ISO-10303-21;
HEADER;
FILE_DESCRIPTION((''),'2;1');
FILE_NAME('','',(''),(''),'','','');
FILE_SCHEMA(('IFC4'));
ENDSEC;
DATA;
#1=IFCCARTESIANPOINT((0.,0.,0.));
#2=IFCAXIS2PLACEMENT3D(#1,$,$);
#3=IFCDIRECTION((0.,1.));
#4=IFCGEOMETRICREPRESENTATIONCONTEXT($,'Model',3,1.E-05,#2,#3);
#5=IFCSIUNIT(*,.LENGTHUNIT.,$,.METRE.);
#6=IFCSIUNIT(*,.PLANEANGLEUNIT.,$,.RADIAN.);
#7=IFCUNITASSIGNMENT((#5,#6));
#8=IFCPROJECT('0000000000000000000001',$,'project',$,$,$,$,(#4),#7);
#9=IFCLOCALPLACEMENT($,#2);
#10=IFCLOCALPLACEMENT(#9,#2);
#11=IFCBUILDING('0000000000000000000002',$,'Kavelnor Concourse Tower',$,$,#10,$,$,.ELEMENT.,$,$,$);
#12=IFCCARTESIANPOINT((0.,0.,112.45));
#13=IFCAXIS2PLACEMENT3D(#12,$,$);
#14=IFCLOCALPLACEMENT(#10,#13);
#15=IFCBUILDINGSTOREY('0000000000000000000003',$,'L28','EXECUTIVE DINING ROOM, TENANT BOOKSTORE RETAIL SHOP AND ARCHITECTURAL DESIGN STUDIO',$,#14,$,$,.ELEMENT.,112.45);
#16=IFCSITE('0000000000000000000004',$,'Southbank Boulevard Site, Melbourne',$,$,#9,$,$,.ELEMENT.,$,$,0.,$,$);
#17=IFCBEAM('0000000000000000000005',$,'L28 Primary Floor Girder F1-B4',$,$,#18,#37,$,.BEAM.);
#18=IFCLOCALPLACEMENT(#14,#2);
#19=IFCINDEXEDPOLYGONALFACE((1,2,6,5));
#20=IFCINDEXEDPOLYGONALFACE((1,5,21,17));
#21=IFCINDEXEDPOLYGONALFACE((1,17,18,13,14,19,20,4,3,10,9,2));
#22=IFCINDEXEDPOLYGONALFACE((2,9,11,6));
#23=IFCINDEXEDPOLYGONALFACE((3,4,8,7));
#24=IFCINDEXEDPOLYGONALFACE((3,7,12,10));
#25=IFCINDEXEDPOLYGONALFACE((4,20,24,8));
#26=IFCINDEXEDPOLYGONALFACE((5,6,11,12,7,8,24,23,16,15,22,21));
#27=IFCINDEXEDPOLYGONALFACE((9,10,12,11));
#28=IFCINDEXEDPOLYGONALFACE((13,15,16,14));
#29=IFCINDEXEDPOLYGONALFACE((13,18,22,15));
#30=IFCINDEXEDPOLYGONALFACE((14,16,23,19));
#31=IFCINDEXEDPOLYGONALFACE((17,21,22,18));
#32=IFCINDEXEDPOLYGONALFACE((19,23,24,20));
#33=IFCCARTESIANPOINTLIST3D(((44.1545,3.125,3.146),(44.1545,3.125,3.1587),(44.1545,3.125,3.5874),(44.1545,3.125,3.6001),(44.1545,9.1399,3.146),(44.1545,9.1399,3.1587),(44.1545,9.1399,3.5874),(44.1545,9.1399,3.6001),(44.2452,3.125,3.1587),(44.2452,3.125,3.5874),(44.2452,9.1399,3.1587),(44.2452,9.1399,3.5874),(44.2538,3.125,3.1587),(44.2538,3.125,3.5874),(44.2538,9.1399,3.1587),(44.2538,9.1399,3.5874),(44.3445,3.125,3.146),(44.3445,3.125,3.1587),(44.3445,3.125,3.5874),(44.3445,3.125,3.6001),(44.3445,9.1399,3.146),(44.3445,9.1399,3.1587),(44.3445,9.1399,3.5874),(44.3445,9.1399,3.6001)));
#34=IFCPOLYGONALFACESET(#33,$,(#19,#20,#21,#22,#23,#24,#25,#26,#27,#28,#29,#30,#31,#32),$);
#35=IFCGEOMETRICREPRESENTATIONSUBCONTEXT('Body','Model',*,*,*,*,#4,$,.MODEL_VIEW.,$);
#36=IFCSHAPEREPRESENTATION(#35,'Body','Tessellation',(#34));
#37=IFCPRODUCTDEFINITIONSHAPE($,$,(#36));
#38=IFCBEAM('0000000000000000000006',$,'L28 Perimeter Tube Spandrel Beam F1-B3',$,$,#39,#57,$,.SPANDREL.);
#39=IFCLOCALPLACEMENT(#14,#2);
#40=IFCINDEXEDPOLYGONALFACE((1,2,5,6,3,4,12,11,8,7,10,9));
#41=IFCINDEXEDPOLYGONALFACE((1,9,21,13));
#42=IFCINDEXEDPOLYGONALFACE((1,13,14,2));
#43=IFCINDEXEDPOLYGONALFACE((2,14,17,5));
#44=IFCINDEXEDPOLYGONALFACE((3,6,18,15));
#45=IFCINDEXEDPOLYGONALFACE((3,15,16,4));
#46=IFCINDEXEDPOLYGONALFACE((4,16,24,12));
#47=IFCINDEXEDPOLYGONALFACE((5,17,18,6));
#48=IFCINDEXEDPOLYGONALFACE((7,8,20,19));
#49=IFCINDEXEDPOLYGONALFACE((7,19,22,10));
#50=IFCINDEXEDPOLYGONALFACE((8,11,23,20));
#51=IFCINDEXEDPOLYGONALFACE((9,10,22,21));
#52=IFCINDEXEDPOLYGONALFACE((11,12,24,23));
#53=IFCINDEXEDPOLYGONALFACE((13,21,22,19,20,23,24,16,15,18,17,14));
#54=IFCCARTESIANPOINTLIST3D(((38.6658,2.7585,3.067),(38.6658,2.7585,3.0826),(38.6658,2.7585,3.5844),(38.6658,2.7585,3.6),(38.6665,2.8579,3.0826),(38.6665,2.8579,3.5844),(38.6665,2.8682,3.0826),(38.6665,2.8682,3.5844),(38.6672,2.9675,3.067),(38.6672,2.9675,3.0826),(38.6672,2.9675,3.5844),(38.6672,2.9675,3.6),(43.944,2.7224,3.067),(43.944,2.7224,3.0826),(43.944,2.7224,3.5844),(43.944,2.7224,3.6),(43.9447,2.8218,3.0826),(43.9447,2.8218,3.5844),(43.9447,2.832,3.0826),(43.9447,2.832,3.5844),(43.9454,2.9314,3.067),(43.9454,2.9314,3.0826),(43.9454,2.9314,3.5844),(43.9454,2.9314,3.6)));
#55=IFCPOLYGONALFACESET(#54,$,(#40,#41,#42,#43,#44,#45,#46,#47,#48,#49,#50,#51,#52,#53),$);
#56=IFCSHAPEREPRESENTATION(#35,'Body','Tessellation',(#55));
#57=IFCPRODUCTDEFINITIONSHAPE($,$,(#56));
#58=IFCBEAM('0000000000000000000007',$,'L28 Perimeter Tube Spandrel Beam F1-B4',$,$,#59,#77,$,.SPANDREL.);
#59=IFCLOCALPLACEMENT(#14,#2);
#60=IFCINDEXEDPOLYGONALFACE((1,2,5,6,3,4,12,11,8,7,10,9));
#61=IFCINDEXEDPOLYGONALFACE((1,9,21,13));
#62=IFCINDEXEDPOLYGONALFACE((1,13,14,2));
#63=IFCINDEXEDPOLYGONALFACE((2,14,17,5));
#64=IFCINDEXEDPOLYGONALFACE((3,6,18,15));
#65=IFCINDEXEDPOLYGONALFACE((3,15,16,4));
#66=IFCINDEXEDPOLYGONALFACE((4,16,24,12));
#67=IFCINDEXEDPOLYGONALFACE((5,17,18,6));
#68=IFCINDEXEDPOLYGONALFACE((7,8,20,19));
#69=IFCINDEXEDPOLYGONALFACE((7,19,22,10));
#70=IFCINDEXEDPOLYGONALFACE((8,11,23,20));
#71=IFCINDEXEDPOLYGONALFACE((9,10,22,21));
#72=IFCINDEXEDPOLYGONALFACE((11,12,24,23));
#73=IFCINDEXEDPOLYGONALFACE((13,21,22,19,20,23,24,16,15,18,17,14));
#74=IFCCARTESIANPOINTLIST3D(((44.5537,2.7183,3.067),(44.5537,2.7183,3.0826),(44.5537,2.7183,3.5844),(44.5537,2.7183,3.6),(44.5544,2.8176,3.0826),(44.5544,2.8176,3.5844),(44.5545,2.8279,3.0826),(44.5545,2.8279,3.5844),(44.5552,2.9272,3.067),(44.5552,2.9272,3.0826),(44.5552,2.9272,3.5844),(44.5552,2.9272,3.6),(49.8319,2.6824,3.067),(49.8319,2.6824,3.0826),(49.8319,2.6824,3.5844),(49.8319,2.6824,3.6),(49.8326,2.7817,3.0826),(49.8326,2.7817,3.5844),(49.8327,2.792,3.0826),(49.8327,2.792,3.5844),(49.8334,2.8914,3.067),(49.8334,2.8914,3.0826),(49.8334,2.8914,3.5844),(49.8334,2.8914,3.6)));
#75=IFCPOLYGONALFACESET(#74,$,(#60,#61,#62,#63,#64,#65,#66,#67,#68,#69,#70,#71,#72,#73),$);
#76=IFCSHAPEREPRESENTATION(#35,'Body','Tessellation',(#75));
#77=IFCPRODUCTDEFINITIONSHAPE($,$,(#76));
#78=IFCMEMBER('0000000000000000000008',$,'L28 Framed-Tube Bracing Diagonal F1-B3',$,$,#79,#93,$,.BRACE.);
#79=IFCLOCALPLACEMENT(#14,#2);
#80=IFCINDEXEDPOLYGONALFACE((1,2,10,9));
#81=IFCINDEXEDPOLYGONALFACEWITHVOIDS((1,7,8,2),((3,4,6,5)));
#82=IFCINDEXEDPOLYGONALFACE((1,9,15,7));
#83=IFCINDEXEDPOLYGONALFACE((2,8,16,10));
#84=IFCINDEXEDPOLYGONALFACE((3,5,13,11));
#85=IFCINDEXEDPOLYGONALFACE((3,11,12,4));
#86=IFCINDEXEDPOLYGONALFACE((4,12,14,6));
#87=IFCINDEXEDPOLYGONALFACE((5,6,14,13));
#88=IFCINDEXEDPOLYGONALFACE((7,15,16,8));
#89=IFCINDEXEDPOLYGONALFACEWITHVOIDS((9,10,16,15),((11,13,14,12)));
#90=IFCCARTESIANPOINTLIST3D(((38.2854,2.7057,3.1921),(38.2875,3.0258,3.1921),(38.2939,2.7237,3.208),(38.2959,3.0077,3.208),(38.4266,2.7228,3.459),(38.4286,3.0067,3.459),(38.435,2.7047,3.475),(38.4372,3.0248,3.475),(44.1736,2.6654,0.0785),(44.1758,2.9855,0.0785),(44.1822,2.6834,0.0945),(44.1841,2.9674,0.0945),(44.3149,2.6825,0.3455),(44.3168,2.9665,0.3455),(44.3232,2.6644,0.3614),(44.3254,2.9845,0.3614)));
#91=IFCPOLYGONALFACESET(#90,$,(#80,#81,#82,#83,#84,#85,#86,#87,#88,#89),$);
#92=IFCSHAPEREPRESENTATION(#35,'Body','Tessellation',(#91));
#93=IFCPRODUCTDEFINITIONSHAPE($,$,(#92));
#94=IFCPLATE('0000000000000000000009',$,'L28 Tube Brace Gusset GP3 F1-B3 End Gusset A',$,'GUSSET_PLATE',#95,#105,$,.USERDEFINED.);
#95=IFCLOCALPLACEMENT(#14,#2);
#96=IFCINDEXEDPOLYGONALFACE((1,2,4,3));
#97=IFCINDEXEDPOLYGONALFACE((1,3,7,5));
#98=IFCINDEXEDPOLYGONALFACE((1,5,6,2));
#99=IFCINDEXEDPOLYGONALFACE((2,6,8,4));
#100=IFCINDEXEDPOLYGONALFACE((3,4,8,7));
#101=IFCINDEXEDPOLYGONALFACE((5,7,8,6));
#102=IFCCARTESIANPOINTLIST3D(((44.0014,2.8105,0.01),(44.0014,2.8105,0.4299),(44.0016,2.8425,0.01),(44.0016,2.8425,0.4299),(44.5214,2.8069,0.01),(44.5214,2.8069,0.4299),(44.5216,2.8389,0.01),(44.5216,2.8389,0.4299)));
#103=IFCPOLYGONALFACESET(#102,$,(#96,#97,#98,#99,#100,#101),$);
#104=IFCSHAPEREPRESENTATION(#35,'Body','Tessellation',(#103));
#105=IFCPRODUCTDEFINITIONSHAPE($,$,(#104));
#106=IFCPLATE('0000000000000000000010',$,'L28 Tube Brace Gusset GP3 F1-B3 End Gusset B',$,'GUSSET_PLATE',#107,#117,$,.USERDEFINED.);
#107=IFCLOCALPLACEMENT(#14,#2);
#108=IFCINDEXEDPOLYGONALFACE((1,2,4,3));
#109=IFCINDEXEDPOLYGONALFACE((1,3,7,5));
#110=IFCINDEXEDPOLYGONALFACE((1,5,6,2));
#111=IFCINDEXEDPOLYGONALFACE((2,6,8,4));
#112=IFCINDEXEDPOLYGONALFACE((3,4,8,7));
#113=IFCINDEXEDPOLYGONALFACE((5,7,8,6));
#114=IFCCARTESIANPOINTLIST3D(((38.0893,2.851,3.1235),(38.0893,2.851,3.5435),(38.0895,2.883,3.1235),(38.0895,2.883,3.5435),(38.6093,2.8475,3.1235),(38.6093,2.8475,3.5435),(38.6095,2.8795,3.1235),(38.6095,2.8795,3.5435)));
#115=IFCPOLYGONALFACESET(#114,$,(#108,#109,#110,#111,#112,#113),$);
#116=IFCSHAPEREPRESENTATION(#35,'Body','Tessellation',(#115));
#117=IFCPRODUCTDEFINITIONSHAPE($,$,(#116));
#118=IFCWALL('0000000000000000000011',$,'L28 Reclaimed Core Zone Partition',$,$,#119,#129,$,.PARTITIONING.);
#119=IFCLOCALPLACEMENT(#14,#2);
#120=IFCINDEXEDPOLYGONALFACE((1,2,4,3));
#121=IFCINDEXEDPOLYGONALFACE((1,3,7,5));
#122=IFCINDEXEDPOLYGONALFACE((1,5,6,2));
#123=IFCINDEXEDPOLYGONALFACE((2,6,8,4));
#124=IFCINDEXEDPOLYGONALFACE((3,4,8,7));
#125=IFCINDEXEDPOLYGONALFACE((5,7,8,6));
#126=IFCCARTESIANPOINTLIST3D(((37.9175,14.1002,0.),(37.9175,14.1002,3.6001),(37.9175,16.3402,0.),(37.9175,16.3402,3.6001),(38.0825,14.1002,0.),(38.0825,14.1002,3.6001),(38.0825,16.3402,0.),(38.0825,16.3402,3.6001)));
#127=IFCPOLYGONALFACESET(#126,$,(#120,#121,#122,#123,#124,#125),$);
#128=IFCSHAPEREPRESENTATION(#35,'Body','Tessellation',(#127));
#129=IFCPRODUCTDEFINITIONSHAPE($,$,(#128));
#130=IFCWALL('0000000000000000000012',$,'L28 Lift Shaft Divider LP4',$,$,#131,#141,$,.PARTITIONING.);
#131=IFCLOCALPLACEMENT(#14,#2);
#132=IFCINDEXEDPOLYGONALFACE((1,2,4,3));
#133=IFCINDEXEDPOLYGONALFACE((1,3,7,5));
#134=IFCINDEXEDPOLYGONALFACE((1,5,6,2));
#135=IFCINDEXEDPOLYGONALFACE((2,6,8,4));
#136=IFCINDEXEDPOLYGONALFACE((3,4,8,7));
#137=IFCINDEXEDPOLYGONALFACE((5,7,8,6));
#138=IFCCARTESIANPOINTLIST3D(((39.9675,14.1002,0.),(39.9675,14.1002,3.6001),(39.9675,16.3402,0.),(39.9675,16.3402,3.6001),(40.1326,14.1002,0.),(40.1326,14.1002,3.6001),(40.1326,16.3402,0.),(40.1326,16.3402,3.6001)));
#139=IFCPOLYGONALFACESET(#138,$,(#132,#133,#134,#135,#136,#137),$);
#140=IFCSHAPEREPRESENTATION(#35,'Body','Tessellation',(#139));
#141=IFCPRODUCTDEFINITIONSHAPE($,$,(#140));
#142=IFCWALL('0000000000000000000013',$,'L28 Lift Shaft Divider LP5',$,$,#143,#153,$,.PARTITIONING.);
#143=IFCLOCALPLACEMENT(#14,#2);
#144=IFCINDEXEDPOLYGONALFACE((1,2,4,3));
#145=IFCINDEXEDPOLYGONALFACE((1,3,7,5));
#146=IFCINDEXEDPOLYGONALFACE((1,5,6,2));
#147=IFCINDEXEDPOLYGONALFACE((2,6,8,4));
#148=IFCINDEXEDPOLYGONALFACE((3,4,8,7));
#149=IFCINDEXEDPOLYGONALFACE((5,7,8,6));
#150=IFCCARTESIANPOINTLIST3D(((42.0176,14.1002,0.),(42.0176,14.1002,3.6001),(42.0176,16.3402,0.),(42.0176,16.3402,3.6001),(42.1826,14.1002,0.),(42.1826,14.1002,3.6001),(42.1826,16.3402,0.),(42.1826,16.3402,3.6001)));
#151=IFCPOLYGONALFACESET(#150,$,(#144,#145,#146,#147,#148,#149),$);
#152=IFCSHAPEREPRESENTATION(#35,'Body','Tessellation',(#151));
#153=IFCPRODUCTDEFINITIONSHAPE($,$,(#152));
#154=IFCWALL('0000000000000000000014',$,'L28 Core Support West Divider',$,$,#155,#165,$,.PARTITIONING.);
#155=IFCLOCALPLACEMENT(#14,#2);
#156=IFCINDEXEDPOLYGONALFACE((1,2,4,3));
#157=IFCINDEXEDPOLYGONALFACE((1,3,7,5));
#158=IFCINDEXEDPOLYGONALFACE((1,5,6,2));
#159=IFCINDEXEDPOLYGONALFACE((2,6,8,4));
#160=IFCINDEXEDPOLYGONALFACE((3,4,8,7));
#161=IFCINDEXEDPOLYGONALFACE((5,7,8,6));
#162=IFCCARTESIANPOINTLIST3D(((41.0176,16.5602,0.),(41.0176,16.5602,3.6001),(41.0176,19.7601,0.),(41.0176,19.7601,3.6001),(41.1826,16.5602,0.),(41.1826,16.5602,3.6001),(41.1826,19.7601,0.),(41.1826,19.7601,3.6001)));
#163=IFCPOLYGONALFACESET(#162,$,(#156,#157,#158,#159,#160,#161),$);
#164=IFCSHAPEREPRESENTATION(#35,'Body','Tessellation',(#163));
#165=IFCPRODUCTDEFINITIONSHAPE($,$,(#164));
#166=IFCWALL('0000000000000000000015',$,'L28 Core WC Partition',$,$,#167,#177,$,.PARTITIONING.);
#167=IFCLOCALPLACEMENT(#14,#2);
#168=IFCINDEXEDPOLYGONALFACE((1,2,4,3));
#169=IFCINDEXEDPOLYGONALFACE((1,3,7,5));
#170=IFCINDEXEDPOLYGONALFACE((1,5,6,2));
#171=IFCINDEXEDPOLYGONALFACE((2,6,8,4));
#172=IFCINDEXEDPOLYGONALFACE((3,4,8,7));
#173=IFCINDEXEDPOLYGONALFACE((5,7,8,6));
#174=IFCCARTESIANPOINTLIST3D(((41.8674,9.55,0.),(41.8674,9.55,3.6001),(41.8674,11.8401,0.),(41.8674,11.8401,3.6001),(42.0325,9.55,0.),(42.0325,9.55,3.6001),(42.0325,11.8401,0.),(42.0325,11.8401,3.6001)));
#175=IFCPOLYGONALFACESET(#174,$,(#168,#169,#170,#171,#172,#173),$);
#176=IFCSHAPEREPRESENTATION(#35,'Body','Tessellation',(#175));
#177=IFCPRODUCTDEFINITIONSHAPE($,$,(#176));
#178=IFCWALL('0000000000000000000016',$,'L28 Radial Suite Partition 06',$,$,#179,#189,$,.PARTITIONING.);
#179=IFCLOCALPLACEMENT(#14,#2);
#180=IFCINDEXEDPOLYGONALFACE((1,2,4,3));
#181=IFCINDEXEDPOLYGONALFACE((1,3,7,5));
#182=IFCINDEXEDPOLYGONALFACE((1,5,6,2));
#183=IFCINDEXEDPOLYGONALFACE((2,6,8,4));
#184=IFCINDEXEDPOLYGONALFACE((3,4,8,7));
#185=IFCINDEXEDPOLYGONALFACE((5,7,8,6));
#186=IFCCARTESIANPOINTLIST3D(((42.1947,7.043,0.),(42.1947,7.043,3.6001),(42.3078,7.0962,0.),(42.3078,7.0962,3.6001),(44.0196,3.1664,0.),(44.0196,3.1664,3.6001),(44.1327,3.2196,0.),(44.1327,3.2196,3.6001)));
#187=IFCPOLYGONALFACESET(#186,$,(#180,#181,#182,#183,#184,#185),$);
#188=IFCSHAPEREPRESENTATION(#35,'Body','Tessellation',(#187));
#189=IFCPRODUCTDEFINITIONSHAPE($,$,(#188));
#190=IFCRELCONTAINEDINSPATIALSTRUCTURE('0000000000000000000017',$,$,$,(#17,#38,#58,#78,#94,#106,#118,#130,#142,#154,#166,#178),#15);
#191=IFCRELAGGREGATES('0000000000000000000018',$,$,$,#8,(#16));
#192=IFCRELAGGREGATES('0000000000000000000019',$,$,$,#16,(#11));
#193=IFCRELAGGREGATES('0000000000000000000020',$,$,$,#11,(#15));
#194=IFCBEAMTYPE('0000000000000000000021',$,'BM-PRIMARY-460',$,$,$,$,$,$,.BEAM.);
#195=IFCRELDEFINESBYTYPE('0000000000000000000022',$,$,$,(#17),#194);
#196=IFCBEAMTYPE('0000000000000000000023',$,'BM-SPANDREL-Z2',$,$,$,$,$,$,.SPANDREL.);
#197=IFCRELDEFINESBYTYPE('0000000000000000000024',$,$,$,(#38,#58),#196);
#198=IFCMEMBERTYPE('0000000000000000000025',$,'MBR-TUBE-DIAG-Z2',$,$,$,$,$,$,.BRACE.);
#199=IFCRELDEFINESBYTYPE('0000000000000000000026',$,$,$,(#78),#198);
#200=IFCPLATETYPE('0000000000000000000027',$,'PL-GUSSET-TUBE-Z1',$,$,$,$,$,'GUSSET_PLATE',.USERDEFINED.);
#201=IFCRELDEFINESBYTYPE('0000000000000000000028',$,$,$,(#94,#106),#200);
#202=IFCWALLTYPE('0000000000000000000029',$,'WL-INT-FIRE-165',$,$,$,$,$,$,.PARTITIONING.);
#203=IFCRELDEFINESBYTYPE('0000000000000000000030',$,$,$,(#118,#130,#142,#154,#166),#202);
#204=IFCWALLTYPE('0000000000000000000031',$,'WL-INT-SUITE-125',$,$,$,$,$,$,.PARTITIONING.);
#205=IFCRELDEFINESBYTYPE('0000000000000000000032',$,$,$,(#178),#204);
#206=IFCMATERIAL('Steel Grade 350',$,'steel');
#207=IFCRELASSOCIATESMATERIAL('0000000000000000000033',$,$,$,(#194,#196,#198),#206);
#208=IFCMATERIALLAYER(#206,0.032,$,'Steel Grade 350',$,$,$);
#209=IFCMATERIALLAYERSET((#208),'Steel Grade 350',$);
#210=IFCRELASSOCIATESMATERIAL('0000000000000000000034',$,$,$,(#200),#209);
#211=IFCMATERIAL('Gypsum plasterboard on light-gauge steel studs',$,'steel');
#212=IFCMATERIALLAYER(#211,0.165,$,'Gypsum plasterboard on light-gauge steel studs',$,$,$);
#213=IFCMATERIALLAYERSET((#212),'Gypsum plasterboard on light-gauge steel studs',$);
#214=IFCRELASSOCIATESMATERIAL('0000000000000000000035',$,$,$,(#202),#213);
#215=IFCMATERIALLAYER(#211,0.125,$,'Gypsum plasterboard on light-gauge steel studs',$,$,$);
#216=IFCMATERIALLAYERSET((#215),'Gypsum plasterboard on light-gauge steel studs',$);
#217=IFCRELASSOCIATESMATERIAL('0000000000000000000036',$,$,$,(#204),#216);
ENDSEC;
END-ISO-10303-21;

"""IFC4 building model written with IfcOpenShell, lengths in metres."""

from ifc_helpers import new_model, si_unit, direction, frame, frame_2d, origin, origin_2d, place, context, subcontext, project, spatial, rectangle, hollow_rectangle, i_section, extrude, material, layer, layer_set, material_profile, profile_set, type_object, element, save


model = new_model("IFC4")

# Units and contexts
model_context = context("Model", 3, precision=1e-05, world=origin(), true_north=direction((0.0, 1.0)))
body_context = subcontext(model_context, "Body", "Model", "MODEL_VIEW")
ifc_project = project(units=[si_unit("LENGTHUNIT", "METRE"), si_unit("PLANEANGLEUNIT", "RADIAN")], contexts=[model_context])

# Site, building, storey
site_placement = place(None, origin())
site = spatial("IfcSite", under=ifc_project, at=site_placement, Name="Southbank Boulevard Site, Melbourne", CompositionType="ELEMENT", RefElevation=0.0)
building_placement = place(site_placement, origin())
building = spatial("IfcBuilding", under=site, at=building_placement, Name="Kavelnor Concourse Tower", CompositionType="ELEMENT")
storey_placement = place(building_placement, frame((0.0, 0.0, 112.45)))
storey = spatial("IfcBuildingStorey", under=building, at=storey_placement, Name="L28", Description="EXECUTIVE DINING ROOM, TENANT BOOKSTORE RETAIL SHOP AND ARCHITECTURAL DESIGN STUDIO", CompositionType="ELEMENT", Elevation=112.45)

# Shared definitions
ifc_material_1 = material(Name="Steel Grade 350", Category="steel")

# Beams
ifc_material_profile_1 = material_profile(ifc_material_1, i_section(OverallWidth=0.1899, OverallDepth=0.4541, WebThickness=0.0085, FlangeThickness=0.0127, at=origin_2d()), Name="460UB67")
ifc_profile_set_1 = profile_set([ifc_material_profile_1], Name="Steel Grade 350")
beam_type_1 = type_object("IfcBeamType", Name="BM-PRIMARY-460", PredefinedType="BEAM", material=ifc_profile_set_1)
beam_1_placement = place(storey_placement, frame((44.2495, 9.1399, 3.373), z_axis=(0.0, -1.0, 0.0), x_axis=(1.0, 0.0, 0.0)))
element("IfcBeam", 1, at=beam_1_placement, inside=storey, type_object=beam_type_1, Name="L28 Primary Floor Girder F1-B4", PredefinedType="BEAM", context=body_context, shape_type="SweptSolid", body=[
    extrude(i_section(OverallWidth=0.1899, OverallDepth=0.4541, WebThickness=0.0085, FlangeThickness=0.0127, at=origin_2d()), origin(), (0.0, 0.0, 1.0), 6.0149),
])
ifc_material_profile_2 = material_profile(ifc_material_1, i_section(OverallWidth=0.209, OverallDepth=0.533, WebThickness=0.0103, FlangeThickness=0.0156, at=origin_2d()), Name="530UB92")
ifc_profile_set_2 = profile_set([ifc_material_profile_2], Name="Steel Grade 350")
beam_type_2 = type_object("IfcBeamType", Name="BM-SPANDREL-Z2", PredefinedType="SPANDREL", material=ifc_profile_set_2)
for number, where, z_axis, x_axis, name in (
    (2, (38.6665, 2.863, 3.3335), (0.999977, -0.006846, 0.0), (0.006846, 0.999977, 0.0), "L28 Perimeter Tube Spandrel Beam F1-B3"),
    (3, (44.5544, 2.8228, 3.3335), (0.999977, -0.006799, 0.0), (0.006799, 0.999977, 0.0), "L28 Perimeter Tube Spandrel Beam F1-B4"),
):
    element("IfcBeam", number, at=place(storey_placement, frame(where, z_axis=z_axis, x_axis=x_axis)), inside=storey, type_object=beam_type_2, Name=name, PredefinedType="SPANDREL", context=body_context, shape_type="SweptSolid", body=[
        extrude(i_section(OverallWidth=0.209, OverallDepth=0.533, WebThickness=0.0103, FlangeThickness=0.0156, at=origin_2d()), origin(), (0.0, 0.0, 1.0), 5.2783),
    ])

# Member
ifc_material_profile_3 = material_profile(ifc_material_1, hollow_rectangle(XDim=0.3201, YDim=0.3201, WallThickness=0.0181, at=origin_2d()), Name="SHS 320x320x18")
ifc_profile_set_3 = profile_set([ifc_material_profile_3], Name="Steel Grade 350")
member_type = type_object("IfcMemberType", Name="MBR-TUBE-DIAG-Z2", PredefinedType="BRACE", material=ifc_profile_set_3)
member_placement = place(storey_placement, frame((44.2495, 2.825, 0.22), z_axis=(-0.884004, 0.006048, 0.46744), x_axis=(-0.006841, -0.999977, 0.0)))
element("IfcMember", 4, at=member_placement, inside=storey, type_object=member_type, Name="L28 Framed-Tube Bracing Diagonal F1-B3", PredefinedType="BRACE", context=body_context, shape_type="SweptSolid", body=[
    extrude(hollow_rectangle(XDim=0.3201, YDim=0.3201, WallThickness=0.0181, at=origin_2d()), origin(), (0.0, 0.0, 1.0), 6.6609),
])

# Plates
ifc_layer_1 = layer(ifc_material_1, 0.032, Name="Steel Grade 350")
ifc_layer_set_1 = layer_set([ifc_layer_1], Name="Steel Grade 350")
plate_type = type_object("IfcPlateType", Name="PL-GUSSET-TUBE-Z1", ElementType="GUSSET_PLATE", PredefinedType="USERDEFINED", material=ifc_layer_set_1)
for number, where, z_axis, x_axis, name in (
    (5, (44.2615, 2.8247, 0.01), (0.0, 0.0, 1.0), (-0.999977, 0.006807, 0.0), "L28 Tube Brace Gusset GP3 F1-B3 End Gusset A"),
    (6, (38.3494, 2.8652, 3.1235), (0.0, 0.0, 1.0), (-0.999977, 0.006807, 0.0), "L28 Tube Brace Gusset GP3 F1-B3 End Gusset B"),
):
    element("IfcPlate", number, at=place(storey_placement, frame(where, z_axis=z_axis, x_axis=x_axis)), inside=storey, type_object=plate_type, Name=name, ObjectType="GUSSET_PLATE", PredefinedType="USERDEFINED", context=body_context, shape_type="SweptSolid", body=[
        extrude(rectangle(XDim=0.52, YDim=0.032, at=origin_2d()), origin(), (0.0, 0.0, 1.0), 0.4199),
    ])

# Walls
ifc_material_2 = material(Name="Gypsum plasterboard on light-gauge steel studs", Category="steel")
ifc_layer_2 = layer(ifc_material_2, 0.165, Name="Gypsum plasterboard on light-gauge steel studs")
ifc_layer_set_2 = layer_set([ifc_layer_2], Name="Gypsum plasterboard on light-gauge steel studs")
wall_type_1 = type_object("IfcWallType", Name="WL-INT-FIRE-165", PredefinedType="PARTITIONING", material=ifc_layer_set_2)
for number, where, z_axis, x_axis, name in (
    (7, (38.0, 14.1001, 0.0), (0.0, 0.0, 1.0), (0.0, 1.0, 0.0), "L28 Reclaimed Core Zone Partition"),
    (8, (40.05, 14.1001, 0.0), (0.0, 0.0, 1.0), (0.0, 1.0, 0.0), "L28 Lift Shaft Divider LP4"),
    (9, (42.1001, 14.1001, 0.0), (0.0, 0.0, 1.0), (0.0, 1.0, 0.0), "L28 Lift Shaft Divider LP5"),
):
    element("IfcWall", number, at=place(storey_placement, frame(where, z_axis=z_axis, x_axis=x_axis)), inside=storey, type_object=wall_type_1, Name=name, PredefinedType="PARTITIONING", context=body_context, shape_type="SweptSolid", body=[
        extrude(rectangle(XDim=2.24, YDim=0.165, at=frame_2d((1.1201, 0.0))), origin(), (0.0, 0.0, 1.0), 3.6001),
    ])
wall_1_placement = place(storey_placement, frame((41.1001, 16.5601, 0.0), z_axis=(0.0, 0.0, 1.0), x_axis=(0.0, 1.0, 0.0)))
element("IfcWall", 10, at=wall_1_placement, inside=storey, type_object=wall_type_1, Name="L28 Core Support West Divider", PredefinedType="PARTITIONING", context=body_context, shape_type="SweptSolid", body=[
    extrude(rectangle(XDim=3.2, YDim=0.165, at=frame_2d((1.6001, 0.0))), origin(), (0.0, 0.0, 1.0), 3.6001),
])
wall_2_placement = place(storey_placement, frame((41.95, 9.55, 0.0), z_axis=(0.0, 0.0, 1.0), x_axis=(0.0, 1.0, 0.0)))
element("IfcWall", 11, at=wall_2_placement, inside=storey, type_object=wall_type_1, Name="L28 Core WC Partition", PredefinedType="PARTITIONING", context=body_context, shape_type="SweptSolid", body=[
    extrude(rectangle(XDim=2.29, YDim=0.165, at=frame_2d((1.145, 0.0))), origin(), (0.0, 0.0, 1.0), 3.6001),
])
ifc_layer_3 = layer(ifc_material_2, 0.125, Name="Gypsum plasterboard on light-gauge steel studs")
ifc_layer_set_3 = layer_set([ifc_layer_3], Name="Gypsum plasterboard on light-gauge steel studs")
wall_type_2 = type_object("IfcWallType", Name="WL-INT-SUITE-125", PredefinedType="PARTITIONING", material=ifc_layer_set_3)
wall_3_placement = place(storey_placement, frame((42.2512, 7.0696, 0.0), z_axis=(0.0, 0.0, 1.0), x_axis=(0.425915, -0.904763, 0.0)))
element("IfcWall", 12, at=wall_3_placement, inside=storey, type_object=wall_type_2, Name="L28 Radial Suite Partition 06", PredefinedType="PARTITIONING", context=body_context, shape_type="SweptSolid", body=[
    extrude(rectangle(XDim=4.2847, YDim=0.125, at=frame_2d((2.1423, 0.0))), origin(), (0.0, 0.0, 1.0), 3.6001),
])

save(model, "model.ifc")
